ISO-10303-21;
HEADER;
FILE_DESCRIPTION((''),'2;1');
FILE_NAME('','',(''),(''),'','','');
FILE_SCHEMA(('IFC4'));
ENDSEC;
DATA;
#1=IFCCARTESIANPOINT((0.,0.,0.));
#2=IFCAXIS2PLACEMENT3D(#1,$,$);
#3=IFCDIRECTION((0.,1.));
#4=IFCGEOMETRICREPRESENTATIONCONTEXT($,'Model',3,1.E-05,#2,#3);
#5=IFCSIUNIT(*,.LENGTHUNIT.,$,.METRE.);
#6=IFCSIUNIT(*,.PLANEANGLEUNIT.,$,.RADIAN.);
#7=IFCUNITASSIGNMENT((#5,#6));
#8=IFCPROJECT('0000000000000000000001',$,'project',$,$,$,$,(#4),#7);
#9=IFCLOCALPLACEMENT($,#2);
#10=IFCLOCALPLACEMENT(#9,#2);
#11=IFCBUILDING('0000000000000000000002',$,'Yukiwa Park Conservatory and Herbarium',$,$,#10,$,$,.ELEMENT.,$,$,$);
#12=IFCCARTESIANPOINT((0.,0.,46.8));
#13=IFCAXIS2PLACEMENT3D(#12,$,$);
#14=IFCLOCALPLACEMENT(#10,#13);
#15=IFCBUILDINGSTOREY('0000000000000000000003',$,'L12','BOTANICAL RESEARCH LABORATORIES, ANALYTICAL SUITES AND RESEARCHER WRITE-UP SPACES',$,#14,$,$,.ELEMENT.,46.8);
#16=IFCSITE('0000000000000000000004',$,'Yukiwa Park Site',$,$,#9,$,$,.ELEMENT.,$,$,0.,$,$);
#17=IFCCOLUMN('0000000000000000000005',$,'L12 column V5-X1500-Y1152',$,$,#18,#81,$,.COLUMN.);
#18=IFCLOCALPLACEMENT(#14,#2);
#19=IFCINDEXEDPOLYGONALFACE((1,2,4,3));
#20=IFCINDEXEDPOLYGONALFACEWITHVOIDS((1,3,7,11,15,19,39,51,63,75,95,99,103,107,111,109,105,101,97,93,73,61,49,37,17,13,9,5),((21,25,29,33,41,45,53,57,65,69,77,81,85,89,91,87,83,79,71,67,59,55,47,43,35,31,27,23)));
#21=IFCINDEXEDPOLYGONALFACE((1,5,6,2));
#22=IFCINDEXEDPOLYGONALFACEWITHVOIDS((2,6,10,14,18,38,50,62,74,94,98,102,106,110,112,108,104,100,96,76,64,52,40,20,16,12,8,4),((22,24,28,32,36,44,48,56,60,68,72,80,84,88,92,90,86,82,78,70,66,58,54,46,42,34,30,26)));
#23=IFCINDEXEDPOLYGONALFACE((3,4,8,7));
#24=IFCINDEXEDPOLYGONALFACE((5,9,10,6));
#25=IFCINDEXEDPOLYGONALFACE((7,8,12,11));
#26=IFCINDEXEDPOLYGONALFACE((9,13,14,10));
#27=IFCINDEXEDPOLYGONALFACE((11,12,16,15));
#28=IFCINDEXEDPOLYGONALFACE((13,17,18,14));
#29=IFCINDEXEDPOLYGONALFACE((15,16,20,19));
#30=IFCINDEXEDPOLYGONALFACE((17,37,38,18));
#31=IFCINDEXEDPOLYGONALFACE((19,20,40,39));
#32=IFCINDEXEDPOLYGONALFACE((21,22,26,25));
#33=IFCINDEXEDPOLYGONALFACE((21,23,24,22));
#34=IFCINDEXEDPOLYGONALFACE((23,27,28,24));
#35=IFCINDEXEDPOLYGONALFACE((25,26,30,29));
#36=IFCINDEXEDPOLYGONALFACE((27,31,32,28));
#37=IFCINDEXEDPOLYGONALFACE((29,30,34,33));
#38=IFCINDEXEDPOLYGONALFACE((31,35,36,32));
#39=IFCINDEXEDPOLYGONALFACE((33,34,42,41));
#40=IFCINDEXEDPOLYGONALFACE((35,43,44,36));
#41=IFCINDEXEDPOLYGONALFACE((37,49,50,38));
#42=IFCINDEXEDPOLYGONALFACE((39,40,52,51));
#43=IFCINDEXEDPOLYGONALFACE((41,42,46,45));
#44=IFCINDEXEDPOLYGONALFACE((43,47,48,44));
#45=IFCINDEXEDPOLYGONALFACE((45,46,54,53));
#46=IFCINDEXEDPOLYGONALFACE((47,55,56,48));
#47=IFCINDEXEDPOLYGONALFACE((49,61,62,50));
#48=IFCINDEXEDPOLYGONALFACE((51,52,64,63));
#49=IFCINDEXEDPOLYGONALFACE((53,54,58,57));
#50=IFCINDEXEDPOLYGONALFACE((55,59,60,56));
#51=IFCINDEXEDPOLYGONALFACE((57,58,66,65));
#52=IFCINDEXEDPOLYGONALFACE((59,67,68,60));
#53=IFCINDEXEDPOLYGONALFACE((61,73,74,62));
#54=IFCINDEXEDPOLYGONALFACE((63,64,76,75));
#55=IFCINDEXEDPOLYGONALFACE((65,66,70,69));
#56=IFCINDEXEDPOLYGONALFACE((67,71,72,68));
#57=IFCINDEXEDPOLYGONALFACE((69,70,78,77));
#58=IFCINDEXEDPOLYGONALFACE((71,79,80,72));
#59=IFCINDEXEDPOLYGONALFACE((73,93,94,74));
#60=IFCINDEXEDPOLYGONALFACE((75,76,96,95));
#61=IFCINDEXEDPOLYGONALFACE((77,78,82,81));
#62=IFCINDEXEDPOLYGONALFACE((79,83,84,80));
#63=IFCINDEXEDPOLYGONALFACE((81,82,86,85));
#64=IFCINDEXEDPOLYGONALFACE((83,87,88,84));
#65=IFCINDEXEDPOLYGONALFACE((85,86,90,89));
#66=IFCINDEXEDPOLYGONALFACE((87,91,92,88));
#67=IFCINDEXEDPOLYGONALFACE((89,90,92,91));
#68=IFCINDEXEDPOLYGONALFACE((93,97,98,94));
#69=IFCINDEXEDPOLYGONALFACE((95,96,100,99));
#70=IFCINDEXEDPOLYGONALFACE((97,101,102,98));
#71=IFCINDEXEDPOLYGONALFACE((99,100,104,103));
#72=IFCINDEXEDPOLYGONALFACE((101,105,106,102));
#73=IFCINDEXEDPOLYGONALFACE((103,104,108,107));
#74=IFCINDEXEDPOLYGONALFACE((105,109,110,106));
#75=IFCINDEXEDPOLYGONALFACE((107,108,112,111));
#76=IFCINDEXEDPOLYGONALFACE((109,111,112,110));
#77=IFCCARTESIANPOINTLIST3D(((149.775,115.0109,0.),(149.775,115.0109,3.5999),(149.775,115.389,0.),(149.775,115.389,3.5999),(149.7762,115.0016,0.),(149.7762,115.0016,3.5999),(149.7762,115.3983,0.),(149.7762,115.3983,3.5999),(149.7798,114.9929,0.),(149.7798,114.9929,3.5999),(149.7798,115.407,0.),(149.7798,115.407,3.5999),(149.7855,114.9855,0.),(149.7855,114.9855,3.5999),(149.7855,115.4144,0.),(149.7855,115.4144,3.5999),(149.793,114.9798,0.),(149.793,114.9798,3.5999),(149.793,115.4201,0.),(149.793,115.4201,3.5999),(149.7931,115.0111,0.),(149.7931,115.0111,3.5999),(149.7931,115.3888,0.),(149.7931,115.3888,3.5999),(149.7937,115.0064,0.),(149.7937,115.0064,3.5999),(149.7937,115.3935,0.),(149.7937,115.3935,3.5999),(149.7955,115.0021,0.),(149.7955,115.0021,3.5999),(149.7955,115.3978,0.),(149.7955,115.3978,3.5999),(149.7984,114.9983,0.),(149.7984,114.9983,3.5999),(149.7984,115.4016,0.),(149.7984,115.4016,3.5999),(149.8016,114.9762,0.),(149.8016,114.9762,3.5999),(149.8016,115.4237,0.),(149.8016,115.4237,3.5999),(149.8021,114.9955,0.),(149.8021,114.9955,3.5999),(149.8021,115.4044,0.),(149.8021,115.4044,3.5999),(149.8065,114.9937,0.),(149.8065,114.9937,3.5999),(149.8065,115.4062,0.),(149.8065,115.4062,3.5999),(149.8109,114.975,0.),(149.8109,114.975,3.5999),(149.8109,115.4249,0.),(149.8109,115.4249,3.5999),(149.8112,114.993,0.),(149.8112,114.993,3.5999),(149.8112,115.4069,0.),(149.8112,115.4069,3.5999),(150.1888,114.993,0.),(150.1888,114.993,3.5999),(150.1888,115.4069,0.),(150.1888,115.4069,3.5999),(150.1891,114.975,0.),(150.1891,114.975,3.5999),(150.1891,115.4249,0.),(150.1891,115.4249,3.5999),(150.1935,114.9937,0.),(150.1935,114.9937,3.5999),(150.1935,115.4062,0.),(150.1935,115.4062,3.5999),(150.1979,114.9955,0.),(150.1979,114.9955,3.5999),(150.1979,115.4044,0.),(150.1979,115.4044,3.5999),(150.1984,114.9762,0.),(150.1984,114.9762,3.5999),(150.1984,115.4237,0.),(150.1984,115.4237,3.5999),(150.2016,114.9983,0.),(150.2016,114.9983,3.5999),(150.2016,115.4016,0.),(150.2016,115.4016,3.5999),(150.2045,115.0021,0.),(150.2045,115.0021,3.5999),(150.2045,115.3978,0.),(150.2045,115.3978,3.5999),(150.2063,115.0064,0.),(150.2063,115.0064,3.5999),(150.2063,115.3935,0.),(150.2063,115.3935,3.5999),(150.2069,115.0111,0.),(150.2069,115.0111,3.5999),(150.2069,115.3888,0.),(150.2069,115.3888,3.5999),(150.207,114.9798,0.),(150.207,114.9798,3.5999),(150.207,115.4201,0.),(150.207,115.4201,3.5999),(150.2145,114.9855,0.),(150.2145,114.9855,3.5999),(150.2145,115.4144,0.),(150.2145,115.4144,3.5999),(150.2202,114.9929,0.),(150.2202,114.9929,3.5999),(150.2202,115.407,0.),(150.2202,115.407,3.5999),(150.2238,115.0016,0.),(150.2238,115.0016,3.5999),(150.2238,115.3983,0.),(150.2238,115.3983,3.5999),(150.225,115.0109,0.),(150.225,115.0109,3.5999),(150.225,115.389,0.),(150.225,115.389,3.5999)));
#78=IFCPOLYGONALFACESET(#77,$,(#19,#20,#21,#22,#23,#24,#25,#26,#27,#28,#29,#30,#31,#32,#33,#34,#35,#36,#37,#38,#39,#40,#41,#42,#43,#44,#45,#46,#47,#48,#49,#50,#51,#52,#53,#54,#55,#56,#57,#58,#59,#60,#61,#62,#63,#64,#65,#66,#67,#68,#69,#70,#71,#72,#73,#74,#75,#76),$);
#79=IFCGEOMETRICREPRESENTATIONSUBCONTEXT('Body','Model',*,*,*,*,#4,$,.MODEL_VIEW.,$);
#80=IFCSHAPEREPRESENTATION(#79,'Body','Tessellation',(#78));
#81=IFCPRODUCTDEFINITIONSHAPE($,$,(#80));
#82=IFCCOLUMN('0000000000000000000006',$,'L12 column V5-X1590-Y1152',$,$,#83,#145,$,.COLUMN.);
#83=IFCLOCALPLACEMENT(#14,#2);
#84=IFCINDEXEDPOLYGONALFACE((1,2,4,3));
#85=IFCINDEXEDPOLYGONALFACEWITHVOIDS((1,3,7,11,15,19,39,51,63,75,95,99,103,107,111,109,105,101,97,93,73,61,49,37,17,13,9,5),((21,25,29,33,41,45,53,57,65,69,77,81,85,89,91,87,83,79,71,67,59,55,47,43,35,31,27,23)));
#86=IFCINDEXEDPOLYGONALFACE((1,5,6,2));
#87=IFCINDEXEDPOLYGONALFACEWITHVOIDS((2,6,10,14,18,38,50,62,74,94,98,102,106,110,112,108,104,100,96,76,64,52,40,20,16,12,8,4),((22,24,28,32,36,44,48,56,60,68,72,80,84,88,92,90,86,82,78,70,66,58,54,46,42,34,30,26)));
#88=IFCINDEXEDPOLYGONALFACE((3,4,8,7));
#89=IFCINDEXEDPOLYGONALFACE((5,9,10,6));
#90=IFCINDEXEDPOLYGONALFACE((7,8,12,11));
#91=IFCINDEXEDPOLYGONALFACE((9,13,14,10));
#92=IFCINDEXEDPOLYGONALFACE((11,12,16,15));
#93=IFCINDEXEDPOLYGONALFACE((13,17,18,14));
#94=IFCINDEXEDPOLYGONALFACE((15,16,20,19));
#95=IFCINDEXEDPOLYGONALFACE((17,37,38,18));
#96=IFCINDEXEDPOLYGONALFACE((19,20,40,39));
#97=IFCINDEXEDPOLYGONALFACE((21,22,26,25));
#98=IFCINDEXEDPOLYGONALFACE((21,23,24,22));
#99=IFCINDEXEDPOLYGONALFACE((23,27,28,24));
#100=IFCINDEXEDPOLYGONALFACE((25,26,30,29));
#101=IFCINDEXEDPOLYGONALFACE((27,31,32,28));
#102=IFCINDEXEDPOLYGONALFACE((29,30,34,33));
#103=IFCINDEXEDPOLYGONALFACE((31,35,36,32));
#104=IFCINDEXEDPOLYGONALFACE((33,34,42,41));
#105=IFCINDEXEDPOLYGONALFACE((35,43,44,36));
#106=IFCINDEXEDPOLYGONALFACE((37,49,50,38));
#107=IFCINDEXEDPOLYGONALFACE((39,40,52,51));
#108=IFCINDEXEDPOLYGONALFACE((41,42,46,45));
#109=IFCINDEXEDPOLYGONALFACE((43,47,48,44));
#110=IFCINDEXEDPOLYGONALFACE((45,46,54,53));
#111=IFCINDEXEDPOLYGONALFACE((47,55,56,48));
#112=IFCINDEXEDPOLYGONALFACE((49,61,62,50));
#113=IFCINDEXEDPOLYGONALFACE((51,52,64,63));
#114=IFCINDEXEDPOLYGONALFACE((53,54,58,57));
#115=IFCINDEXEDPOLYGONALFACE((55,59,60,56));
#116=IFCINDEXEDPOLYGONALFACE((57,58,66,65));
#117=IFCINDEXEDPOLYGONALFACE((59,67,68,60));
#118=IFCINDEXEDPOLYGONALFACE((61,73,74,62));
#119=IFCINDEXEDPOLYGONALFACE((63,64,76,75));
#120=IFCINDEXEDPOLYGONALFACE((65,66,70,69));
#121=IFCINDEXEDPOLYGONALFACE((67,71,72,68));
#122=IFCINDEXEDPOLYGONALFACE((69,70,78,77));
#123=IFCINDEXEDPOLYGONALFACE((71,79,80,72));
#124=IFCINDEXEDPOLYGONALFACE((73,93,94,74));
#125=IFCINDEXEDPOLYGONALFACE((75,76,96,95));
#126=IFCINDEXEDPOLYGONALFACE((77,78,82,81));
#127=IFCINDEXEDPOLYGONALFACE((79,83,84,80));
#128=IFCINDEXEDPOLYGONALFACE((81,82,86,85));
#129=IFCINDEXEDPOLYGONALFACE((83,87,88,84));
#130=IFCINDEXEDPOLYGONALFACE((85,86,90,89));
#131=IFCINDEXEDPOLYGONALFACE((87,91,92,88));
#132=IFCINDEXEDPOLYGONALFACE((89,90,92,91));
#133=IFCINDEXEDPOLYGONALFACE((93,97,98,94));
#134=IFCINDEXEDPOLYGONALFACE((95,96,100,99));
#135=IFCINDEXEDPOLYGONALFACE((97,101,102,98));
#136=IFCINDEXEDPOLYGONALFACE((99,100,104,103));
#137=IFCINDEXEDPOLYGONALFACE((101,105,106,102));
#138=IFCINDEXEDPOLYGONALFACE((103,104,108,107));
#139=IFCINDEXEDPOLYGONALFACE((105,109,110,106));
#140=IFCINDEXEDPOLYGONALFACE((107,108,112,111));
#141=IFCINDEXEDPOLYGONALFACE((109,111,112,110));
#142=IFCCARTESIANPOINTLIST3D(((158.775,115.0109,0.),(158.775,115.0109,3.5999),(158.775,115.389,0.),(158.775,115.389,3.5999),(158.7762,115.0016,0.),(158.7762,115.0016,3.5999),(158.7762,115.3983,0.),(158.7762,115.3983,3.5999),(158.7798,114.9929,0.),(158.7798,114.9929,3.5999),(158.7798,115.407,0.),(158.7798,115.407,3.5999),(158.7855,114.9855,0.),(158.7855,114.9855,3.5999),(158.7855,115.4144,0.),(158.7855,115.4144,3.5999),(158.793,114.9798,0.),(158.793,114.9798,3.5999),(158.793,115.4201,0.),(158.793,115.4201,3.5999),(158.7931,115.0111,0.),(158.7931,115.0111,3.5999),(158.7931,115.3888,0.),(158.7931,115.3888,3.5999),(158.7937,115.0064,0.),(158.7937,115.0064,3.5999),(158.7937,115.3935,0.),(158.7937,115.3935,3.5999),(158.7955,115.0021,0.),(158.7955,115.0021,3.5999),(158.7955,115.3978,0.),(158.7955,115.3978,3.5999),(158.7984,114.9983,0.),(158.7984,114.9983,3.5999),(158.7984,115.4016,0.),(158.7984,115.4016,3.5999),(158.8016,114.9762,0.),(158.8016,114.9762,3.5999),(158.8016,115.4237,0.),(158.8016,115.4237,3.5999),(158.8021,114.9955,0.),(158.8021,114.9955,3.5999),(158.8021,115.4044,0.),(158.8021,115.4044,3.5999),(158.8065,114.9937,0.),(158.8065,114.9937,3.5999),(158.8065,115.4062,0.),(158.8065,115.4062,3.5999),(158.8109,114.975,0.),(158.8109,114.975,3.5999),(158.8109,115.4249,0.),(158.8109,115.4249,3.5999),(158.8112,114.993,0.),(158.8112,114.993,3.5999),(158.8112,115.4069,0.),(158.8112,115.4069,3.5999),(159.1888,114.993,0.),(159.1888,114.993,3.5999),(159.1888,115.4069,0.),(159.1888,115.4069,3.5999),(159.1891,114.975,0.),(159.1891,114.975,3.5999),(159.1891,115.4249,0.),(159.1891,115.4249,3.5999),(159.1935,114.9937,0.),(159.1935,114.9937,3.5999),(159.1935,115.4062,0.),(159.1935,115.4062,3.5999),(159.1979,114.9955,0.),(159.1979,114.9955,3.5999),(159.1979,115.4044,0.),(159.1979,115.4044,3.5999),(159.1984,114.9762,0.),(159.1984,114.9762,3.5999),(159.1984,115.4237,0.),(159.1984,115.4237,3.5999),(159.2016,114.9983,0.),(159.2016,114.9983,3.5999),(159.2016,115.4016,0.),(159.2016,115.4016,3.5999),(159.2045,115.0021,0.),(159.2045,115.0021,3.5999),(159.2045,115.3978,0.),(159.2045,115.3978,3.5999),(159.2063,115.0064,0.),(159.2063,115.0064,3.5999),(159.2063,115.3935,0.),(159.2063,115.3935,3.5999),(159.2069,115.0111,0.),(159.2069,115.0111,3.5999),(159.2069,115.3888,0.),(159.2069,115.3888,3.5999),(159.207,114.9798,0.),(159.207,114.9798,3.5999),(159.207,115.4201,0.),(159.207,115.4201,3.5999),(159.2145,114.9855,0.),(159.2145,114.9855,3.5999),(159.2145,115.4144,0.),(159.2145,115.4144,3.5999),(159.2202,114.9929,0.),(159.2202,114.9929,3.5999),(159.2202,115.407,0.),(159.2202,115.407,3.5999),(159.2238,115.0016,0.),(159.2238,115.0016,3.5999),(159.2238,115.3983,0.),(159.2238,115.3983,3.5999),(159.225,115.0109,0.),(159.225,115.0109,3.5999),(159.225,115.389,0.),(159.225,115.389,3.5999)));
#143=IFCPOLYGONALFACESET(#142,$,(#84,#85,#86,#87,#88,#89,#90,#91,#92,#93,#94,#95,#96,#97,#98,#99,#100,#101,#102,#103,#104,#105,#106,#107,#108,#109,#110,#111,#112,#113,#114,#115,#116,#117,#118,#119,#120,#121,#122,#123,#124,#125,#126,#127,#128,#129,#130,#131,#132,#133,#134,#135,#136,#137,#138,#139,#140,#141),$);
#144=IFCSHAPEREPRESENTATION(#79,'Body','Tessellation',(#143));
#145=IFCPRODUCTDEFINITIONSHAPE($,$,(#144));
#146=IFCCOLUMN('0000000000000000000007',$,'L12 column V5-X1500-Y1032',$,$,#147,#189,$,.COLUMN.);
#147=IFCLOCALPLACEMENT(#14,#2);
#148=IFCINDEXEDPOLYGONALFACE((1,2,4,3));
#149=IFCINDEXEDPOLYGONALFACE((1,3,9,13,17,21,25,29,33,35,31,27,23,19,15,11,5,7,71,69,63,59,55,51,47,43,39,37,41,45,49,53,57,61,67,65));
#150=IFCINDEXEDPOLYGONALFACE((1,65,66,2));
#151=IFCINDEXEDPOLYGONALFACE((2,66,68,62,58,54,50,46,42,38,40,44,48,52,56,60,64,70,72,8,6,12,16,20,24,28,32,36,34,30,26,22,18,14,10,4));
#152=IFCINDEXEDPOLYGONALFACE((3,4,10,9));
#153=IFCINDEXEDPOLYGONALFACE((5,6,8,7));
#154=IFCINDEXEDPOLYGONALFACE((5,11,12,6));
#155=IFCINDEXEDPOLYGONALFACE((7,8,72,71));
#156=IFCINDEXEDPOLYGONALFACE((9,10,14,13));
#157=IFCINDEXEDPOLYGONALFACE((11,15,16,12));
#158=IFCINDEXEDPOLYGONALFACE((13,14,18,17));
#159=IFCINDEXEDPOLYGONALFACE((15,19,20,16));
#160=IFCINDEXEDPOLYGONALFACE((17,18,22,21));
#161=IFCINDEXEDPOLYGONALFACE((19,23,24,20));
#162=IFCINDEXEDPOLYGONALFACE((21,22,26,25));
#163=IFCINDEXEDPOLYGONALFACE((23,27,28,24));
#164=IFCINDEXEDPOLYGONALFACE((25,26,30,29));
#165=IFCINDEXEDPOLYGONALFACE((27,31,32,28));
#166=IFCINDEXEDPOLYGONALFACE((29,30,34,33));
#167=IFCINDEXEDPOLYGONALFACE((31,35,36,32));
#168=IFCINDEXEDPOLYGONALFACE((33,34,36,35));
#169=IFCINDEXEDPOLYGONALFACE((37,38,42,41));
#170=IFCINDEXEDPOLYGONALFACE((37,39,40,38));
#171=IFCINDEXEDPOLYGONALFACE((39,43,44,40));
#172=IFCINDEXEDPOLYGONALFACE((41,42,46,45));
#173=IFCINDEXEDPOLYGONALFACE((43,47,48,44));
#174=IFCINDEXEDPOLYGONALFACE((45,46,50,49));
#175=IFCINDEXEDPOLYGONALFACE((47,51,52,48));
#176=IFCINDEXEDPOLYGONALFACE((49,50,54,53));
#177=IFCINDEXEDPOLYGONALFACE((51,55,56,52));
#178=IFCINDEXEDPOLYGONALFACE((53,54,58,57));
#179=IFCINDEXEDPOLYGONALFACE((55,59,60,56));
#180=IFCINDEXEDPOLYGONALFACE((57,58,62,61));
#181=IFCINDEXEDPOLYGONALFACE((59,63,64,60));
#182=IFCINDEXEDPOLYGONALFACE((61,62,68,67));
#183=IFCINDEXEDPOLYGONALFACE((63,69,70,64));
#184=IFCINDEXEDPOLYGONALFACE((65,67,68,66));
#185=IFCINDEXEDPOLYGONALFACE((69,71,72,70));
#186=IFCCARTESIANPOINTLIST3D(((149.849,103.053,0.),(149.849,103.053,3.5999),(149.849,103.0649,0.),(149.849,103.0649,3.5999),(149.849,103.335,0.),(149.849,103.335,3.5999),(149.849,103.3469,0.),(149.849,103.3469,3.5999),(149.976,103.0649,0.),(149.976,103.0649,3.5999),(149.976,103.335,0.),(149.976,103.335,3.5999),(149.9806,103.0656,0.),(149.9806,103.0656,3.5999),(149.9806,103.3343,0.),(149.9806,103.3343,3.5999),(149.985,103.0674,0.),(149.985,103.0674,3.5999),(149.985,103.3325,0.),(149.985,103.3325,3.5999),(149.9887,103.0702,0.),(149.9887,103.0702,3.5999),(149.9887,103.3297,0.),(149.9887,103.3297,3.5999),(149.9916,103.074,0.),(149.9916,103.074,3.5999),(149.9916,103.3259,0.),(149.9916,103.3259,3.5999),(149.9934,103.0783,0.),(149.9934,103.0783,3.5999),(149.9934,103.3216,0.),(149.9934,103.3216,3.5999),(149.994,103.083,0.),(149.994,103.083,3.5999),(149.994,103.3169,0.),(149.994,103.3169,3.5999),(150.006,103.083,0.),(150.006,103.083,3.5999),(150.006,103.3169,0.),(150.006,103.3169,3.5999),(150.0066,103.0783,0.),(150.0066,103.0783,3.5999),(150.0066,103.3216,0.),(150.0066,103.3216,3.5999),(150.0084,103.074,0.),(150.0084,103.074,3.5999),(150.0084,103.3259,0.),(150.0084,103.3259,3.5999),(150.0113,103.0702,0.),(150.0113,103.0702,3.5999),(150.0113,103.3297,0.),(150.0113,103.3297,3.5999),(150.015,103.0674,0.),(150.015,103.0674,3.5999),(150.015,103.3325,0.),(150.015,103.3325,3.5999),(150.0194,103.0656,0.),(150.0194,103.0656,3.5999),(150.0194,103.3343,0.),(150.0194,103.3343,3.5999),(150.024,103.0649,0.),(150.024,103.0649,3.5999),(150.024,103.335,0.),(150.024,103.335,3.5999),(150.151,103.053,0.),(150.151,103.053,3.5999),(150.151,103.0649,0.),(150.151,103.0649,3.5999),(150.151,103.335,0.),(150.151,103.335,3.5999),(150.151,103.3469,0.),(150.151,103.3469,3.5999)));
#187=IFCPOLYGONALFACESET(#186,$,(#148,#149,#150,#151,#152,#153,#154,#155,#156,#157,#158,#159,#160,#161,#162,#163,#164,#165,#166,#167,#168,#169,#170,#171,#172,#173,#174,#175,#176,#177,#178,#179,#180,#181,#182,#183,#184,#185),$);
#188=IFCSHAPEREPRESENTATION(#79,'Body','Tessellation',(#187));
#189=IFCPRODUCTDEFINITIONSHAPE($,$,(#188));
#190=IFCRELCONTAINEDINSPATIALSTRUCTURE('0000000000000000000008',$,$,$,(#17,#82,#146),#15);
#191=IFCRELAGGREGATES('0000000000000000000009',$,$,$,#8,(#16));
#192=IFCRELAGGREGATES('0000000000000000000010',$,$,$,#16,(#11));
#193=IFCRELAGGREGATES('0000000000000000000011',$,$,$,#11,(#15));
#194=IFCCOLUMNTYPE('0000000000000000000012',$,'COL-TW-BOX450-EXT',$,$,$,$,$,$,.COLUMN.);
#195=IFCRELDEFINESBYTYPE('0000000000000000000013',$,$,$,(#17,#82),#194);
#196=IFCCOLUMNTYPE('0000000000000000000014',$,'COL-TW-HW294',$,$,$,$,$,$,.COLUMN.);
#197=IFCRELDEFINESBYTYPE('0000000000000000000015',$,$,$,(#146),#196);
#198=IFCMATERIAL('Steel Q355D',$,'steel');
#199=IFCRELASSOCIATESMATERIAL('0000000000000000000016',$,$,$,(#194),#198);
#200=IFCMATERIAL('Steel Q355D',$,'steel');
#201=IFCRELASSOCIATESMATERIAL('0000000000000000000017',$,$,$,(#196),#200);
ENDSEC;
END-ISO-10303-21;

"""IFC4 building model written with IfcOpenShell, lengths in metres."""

from ifc_helpers import new_model, si_unit, direction, frame, origin, origin_2d, place, context, subcontext, project, spatial, hollow_rectangle, i_section, extrude, material, material_profile, profile_set, type_object, element, save


model = new_model("IFC4")

# Units and contexts
model_context = context("Model", 3, precision=1e-05, world=origin(), true_north=direction((0.0, 1.0)))
body_context = subcontext(model_context, "Body", "Model", "MODEL_VIEW")
ifc_project = project(units=[si_unit("LENGTHUNIT", "METRE"), si_unit("PLANEANGLEUNIT", "RADIAN")], contexts=[model_context])

# Site, building, storey
site_placement = place(None, origin())
site = spatial("IfcSite", under=ifc_project, at=site_placement, Name="Yukiwa Park Site", CompositionType="ELEMENT", RefElevation=0.0)
building_placement = place(site_placement, origin())
building = spatial("IfcBuilding", under=site, at=building_placement, Name="Yukiwa Park Conservatory and Herbarium", CompositionType="ELEMENT")
storey_placement = place(building_placement, frame((0.0, 0.0, 46.8)))
storey = spatial("IfcBuildingStorey", under=building, at=storey_placement, Name="L12", Description="BOTANICAL RESEARCH LABORATORIES, ANALYTICAL SUITES AND RESEARCHER WRITE-UP SPACES", CompositionType="ELEMENT", Elevation=46.8)

# Columns
ifc_material_1 = material(Name="Steel Q355D", Category="steel")
ifc_material_profile_1 = material_profile(ifc_material_1, hollow_rectangle(XDim=0.45, YDim=0.45, WallThickness=0.0181, InnerFilletRadius=0.0181, OuterFilletRadius=0.0359, at=origin_2d()), Name="BOX 450x450x18")
ifc_profile_set_1 = profile_set([ifc_material_profile_1], Name="Steel Q355D")
column_type_1 = type_object("IfcColumnType", Name="COL-TW-BOX450-EXT", PredefinedType="COLUMN", material=ifc_profile_set_1)
for number, where, z_axis, x_axis, name in (
    (1, (150.0, 115.2, 0.0), (0.0, 0.0, 1.0), (1.0, 0.0, 0.0), "L12 column V5-X1500-Y1152"),
    (2, (159.0, 115.2, 0.0), (0.0, 0.0, 1.0), (1.0, 0.0, 0.0), "L12 column V5-X1590-Y1152"),
):
    element("IfcColumn", number, at=place(storey_placement, frame(where, z_axis=z_axis, x_axis=x_axis)), inside=storey, type_object=column_type_1, Name=name, PredefinedType="COLUMN", context=body_context, shape_type="SweptSolid", body=[
        extrude(hollow_rectangle(XDim=0.45, YDim=0.45, WallThickness=0.0181, InnerFilletRadius=0.0181, OuterFilletRadius=0.0359, at=origin_2d()), origin(), (0.0, 0.0, 1.0), 3.5999),
    ])
ifc_material_2 = material(Name="Steel Q355D", Category="steel")
ifc_material_profile_2 = material_profile(ifc_material_2, i_section(OverallWidth=0.302, OverallDepth=0.2939, WebThickness=0.012, FlangeThickness=0.012, FilletRadius=0.0181, at=origin_2d()), Name="HW 294x302x12x12")
ifc_profile_set_2 = profile_set([ifc_material_profile_2], Name="Steel Q355D")
column_type_2 = type_object("IfcColumnType", Name="COL-TW-HW294", PredefinedType="COLUMN", material=ifc_profile_set_2)
for number, where, z_axis, x_axis, name in (
    (3, (150.0, 103.2, 0.0), (0.0, 0.0, 1.0), (1.0, 0.0, 0.0), "L12 column V5-X1500-Y1032"),
):
    element("IfcColumn", number, at=place(storey_placement, frame(where, z_axis=z_axis, x_axis=x_axis)), inside=storey, type_object=column_type_2, Name=name, PredefinedType="COLUMN", context=body_context, shape_type="SweptSolid", body=[
        extrude(i_section(OverallWidth=0.302, OverallDepth=0.2939, WebThickness=0.012, FlangeThickness=0.012, FilletRadius=0.0181, at=origin_2d()), origin(), (0.0, 0.0, 1.0), 3.5999),
    ])

save(model, "model.ifc")
